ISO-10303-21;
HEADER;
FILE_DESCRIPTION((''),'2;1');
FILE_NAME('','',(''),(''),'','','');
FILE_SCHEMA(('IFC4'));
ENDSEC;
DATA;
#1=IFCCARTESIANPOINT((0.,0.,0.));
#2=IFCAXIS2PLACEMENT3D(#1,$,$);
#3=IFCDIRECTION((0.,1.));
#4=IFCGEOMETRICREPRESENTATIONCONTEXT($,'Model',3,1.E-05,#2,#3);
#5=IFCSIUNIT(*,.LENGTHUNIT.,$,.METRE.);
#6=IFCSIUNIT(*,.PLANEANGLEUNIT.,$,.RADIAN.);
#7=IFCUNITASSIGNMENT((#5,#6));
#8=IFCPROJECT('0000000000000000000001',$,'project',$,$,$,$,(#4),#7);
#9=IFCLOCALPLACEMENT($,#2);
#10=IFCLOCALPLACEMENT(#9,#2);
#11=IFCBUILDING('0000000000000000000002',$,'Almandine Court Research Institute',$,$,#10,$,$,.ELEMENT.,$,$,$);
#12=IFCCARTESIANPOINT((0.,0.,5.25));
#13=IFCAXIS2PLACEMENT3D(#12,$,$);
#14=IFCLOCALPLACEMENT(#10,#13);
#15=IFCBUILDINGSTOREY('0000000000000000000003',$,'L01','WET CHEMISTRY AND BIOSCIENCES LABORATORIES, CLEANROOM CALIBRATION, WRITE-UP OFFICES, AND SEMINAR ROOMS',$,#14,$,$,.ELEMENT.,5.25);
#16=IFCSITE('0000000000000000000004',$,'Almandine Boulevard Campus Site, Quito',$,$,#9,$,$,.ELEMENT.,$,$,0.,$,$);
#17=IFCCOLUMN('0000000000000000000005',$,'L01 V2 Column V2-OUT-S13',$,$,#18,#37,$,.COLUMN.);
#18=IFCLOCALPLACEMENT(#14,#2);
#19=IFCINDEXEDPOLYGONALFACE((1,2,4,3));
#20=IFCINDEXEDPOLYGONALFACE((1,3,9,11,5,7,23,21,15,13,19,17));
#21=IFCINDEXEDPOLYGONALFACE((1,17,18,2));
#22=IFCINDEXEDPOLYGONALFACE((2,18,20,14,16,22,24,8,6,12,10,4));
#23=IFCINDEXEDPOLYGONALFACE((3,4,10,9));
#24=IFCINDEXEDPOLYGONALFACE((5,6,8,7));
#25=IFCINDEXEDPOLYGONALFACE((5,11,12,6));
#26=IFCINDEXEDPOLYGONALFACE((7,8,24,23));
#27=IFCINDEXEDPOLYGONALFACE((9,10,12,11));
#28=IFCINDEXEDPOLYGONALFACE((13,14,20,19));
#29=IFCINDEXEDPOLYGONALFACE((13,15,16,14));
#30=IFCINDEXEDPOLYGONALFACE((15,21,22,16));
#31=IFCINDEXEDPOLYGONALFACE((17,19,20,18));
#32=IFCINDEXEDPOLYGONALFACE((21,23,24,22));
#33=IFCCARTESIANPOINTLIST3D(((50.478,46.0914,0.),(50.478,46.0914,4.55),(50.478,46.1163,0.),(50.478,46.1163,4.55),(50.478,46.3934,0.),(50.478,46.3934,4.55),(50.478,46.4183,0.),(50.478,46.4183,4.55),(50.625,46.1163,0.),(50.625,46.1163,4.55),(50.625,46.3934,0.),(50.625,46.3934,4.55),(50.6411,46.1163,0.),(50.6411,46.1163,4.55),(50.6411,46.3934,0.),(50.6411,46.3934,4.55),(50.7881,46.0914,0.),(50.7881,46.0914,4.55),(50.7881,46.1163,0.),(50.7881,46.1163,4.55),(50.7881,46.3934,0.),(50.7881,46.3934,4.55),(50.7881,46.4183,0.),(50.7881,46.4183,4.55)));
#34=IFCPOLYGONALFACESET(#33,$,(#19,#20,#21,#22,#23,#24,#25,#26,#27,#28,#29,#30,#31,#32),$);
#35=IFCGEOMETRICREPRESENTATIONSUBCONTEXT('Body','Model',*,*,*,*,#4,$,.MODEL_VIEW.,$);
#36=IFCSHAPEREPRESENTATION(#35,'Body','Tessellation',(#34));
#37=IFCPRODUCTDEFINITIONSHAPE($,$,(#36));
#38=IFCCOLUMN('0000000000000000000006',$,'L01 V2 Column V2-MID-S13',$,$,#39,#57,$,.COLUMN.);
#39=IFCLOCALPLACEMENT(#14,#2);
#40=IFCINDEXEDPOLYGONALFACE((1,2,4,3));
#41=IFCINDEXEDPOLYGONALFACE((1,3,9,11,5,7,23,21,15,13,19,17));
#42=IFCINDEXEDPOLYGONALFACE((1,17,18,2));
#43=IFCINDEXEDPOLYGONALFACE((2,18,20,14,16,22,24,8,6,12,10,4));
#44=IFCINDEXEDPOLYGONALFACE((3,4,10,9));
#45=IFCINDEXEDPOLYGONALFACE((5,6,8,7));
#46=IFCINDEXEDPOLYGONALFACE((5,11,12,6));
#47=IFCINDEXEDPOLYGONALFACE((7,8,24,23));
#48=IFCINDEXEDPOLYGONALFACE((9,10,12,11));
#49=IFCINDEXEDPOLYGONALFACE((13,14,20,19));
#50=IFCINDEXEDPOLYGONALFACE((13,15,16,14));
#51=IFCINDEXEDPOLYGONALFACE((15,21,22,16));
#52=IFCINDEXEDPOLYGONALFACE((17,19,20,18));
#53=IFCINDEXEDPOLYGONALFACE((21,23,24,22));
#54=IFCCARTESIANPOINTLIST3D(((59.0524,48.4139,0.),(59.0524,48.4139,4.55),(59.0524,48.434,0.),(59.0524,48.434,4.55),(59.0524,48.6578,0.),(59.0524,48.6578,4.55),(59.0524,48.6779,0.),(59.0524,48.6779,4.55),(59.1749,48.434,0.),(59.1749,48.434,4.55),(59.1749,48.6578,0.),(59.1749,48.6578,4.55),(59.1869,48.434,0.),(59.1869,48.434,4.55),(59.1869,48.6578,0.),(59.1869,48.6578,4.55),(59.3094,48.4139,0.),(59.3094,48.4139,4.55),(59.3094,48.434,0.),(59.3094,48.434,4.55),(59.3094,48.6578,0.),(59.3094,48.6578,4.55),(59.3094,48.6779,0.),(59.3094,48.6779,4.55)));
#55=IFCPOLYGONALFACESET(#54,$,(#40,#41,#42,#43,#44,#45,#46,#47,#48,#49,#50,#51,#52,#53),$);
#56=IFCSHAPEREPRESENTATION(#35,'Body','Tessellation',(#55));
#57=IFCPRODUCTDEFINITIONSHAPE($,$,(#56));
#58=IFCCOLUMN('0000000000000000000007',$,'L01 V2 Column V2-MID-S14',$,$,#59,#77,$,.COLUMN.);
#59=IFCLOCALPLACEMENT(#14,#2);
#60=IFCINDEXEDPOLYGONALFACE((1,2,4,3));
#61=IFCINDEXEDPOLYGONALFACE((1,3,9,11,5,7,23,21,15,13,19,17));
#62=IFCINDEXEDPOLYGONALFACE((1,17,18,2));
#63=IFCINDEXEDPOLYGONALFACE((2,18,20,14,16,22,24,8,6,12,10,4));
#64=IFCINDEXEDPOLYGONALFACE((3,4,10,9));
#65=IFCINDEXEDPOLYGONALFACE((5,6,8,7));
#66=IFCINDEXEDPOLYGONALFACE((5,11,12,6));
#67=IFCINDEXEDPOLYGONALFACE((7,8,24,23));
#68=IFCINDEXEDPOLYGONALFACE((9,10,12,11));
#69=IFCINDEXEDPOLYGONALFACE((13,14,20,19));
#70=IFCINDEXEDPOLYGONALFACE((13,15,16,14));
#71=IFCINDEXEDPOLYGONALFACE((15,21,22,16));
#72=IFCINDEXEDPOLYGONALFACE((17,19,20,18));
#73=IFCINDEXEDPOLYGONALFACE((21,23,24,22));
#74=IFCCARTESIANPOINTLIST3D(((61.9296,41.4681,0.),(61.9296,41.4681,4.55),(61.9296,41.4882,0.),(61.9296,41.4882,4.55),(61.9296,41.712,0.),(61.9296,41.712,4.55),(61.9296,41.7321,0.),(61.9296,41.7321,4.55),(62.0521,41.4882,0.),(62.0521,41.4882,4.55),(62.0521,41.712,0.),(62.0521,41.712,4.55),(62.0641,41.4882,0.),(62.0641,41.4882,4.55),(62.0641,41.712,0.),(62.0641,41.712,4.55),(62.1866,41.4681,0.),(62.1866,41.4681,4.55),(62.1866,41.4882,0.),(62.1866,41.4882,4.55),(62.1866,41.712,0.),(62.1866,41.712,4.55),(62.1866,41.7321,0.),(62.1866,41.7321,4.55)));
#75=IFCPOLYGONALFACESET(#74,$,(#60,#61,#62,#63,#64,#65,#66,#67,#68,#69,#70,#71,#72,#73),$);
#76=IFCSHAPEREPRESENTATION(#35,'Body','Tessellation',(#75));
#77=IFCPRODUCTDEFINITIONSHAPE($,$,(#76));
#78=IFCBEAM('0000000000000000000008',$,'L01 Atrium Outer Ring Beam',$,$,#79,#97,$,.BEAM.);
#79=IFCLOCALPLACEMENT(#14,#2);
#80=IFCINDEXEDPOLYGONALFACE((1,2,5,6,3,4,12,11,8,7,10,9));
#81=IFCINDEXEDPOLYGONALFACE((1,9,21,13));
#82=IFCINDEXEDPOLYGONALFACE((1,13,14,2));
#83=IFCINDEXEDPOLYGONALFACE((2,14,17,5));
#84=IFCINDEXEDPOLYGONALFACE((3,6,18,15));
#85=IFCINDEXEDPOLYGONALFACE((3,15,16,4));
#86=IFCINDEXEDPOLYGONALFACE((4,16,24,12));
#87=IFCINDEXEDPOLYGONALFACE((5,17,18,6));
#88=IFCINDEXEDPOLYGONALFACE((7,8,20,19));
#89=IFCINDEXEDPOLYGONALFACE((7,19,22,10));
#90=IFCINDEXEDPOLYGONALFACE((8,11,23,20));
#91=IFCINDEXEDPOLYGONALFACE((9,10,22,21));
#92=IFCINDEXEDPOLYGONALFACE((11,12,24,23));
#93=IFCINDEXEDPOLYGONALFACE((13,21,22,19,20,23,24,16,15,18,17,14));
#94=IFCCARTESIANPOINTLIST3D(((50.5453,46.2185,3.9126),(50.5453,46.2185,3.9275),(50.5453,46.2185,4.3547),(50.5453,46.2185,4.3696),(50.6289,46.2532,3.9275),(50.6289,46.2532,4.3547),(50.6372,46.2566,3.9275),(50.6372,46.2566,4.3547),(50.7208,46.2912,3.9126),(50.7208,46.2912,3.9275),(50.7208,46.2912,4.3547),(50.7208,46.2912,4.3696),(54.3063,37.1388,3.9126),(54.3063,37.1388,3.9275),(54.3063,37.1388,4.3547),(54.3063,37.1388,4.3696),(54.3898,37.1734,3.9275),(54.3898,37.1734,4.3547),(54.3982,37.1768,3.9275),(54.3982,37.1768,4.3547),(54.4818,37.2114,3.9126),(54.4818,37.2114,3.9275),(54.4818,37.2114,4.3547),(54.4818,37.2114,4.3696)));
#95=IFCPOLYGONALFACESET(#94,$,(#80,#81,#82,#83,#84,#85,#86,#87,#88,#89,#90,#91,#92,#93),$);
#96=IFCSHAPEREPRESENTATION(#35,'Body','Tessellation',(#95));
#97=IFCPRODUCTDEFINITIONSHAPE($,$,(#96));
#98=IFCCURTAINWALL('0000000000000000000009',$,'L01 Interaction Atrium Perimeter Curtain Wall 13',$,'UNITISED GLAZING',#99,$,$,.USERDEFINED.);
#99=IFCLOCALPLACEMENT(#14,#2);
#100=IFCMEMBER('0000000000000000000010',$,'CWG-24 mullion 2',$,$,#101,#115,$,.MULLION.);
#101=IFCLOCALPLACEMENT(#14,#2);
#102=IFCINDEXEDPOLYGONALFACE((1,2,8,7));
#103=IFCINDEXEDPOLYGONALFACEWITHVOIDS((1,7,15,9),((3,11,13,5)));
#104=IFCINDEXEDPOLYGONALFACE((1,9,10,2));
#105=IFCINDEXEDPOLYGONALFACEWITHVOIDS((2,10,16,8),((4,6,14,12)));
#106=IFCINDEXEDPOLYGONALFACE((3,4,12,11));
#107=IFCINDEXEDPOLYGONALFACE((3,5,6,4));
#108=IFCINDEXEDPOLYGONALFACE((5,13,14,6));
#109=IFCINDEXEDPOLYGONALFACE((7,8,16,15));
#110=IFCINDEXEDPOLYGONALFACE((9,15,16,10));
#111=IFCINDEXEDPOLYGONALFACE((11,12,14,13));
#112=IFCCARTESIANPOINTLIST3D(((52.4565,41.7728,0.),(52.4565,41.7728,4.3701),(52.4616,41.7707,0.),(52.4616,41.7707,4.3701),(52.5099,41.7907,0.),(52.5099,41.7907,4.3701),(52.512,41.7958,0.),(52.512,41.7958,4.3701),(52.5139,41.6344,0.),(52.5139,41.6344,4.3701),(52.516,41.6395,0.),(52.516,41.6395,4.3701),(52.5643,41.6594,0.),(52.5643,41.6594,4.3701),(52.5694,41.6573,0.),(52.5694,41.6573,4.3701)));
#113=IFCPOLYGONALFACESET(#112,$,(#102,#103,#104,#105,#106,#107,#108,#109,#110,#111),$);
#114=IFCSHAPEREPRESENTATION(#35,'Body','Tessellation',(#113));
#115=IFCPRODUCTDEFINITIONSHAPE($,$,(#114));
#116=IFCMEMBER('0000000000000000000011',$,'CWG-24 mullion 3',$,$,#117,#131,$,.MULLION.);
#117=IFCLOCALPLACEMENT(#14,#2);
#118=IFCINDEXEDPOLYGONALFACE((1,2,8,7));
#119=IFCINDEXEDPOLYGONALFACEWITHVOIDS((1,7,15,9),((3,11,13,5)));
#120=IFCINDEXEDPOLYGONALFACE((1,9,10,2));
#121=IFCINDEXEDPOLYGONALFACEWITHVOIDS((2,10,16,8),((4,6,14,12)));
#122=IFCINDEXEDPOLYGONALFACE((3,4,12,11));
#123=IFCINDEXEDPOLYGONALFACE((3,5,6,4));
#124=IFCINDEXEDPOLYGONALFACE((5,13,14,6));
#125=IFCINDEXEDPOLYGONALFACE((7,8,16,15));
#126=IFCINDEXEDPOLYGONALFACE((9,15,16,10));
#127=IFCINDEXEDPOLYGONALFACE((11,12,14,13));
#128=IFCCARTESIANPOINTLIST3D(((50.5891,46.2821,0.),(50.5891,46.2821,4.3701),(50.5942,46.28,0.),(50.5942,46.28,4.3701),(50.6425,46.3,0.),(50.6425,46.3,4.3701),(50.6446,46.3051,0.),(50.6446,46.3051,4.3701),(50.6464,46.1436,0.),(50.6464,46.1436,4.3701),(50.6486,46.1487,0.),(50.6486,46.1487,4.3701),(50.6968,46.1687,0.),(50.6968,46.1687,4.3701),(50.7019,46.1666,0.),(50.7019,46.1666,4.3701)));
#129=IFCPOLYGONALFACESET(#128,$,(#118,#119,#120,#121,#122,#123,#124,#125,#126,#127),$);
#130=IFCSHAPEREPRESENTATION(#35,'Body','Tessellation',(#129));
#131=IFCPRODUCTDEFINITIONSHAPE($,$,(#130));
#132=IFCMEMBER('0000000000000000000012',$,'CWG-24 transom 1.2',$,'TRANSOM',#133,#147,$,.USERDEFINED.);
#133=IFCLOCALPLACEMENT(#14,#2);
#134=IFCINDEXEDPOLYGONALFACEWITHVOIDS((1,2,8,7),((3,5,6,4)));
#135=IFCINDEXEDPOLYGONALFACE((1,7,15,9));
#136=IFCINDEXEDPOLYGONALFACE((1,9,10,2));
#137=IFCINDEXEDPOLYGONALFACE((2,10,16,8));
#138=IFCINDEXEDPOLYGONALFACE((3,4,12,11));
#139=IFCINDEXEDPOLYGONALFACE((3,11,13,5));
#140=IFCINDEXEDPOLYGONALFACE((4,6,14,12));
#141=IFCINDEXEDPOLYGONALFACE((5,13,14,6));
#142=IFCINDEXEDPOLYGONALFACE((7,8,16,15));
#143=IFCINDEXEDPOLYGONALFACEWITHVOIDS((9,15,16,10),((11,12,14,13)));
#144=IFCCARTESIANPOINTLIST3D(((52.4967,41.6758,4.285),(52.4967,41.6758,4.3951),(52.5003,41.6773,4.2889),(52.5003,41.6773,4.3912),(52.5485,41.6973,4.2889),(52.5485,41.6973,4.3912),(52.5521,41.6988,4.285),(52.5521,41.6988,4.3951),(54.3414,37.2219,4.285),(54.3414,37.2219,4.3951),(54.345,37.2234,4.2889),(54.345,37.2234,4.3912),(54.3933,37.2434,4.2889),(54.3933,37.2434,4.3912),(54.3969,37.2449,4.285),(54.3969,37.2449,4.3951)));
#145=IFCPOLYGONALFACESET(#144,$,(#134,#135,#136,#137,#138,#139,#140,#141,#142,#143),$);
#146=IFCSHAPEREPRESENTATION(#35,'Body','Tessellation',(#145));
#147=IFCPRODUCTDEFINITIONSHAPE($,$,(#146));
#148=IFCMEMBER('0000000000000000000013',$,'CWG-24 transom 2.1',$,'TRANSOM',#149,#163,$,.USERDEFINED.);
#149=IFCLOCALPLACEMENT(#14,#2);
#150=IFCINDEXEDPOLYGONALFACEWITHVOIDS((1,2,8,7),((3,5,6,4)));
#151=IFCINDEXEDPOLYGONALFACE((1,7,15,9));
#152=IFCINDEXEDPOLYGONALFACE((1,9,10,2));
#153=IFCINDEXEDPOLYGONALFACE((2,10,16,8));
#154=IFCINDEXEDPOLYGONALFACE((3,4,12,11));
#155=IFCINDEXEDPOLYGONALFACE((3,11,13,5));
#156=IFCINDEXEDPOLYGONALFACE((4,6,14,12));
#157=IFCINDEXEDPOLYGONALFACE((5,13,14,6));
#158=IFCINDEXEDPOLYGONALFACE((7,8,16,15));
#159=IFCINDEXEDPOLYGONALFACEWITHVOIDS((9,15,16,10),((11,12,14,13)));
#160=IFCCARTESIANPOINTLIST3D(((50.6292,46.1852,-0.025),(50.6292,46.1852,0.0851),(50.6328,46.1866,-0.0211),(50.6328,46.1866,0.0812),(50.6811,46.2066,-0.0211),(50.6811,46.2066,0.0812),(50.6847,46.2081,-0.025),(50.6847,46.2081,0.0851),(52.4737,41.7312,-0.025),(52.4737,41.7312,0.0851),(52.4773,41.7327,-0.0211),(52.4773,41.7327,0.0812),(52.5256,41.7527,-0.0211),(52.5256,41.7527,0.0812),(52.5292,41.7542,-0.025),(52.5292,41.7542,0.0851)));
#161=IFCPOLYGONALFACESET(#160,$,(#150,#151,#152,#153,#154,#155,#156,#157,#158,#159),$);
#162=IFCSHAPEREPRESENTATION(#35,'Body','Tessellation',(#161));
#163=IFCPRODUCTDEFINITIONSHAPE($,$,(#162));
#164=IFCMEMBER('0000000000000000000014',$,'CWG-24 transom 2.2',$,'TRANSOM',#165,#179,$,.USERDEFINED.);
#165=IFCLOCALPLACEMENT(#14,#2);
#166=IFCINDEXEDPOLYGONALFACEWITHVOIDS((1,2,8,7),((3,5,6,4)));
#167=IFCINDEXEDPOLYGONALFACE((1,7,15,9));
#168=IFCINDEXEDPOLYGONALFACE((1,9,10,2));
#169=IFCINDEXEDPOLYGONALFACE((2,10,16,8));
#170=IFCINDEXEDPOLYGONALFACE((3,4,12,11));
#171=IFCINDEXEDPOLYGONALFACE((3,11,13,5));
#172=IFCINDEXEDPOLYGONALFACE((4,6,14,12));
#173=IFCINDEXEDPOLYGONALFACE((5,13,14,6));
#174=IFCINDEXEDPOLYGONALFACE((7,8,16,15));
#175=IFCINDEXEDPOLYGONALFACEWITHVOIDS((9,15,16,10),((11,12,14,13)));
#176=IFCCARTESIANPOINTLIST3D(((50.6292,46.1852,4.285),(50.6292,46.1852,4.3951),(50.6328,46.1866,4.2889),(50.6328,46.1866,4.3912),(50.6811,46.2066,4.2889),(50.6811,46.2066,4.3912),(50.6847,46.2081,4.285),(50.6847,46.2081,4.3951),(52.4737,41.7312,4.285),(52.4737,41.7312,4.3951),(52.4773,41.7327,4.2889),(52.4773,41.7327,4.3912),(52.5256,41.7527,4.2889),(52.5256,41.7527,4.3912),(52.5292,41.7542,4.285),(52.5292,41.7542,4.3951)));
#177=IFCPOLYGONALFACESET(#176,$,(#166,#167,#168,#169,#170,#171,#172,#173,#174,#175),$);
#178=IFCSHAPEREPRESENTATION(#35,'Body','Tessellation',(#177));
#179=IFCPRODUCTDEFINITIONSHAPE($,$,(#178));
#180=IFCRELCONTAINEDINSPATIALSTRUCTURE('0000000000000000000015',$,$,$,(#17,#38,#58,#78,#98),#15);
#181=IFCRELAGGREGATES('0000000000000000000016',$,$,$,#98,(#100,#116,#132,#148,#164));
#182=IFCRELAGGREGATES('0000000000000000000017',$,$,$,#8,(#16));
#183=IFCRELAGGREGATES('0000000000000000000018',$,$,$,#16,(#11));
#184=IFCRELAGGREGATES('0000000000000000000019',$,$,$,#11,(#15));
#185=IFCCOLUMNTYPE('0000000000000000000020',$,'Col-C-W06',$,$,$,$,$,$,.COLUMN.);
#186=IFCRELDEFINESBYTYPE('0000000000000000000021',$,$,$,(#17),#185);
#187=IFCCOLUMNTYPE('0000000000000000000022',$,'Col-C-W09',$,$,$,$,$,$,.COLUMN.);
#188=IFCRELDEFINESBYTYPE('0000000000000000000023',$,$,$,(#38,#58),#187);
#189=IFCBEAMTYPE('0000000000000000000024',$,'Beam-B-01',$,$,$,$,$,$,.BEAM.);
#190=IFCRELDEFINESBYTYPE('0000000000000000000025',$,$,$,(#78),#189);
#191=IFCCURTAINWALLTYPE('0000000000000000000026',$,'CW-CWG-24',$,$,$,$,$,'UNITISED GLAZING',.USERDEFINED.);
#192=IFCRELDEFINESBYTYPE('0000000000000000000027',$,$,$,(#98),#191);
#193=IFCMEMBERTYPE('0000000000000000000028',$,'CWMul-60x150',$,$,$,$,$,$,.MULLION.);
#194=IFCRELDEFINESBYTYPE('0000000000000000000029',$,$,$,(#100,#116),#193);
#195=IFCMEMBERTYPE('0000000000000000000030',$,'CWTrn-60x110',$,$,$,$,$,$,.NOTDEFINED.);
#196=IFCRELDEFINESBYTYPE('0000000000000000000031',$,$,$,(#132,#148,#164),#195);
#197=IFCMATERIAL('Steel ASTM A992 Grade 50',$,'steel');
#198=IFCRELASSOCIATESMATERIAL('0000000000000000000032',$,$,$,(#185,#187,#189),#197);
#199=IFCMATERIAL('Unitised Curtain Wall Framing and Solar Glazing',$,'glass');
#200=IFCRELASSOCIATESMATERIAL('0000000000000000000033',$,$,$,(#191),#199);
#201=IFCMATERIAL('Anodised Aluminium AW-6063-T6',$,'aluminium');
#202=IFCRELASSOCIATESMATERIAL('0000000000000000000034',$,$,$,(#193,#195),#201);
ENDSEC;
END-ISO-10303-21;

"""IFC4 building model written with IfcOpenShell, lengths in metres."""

from ifc_helpers import new_model, si_unit, direction, frame, origin, origin_2d, place, context, subcontext, project, spatial, hollow_rectangle, i_section, extrude, material, material_profile, profile_set, type_object, element, aggregate, save


model = new_model("IFC4")

# Units and contexts
model_context = context("Model", 3, precision=1e-05, world=origin(), true_north=direction((0.0, 1.0)))
body_context = subcontext(model_context, "Body", "Model", "MODEL_VIEW")
ifc_project = project(units=[si_unit("LENGTHUNIT", "METRE"), si_unit("PLANEANGLEUNIT", "RADIAN")], contexts=[model_context])

# Site, building, storey
site_placement = place(None, origin())
site = spatial("IfcSite", under=ifc_project, at=site_placement, Name="Almandine Boulevard Campus Site, Quito", CompositionType="ELEMENT", RefElevation=0.0)
building_placement = place(site_placement, origin())
building = spatial("IfcBuilding", under=site, at=building_placement, Name="Almandine Court Research Institute", CompositionType="ELEMENT")
storey_placement = place(building_placement, frame((0.0, 0.0, 5.25)))
storey = spatial("IfcBuildingStorey", under=building, at=storey_placement, Name="L01", Description="WET CHEMISTRY AND BIOSCIENCES LABORATORIES, CLEANROOM CALIBRATION, WRITE-UP OFFICES, AND SEMINAR ROOMS", CompositionType="ELEMENT", Elevation=5.25)

# Columns
ifc_material_1 = material(Name="Steel ASTM A992 Grade 50", Category="steel")
ifc_material_profile_1 = material_profile(ifc_material_1, i_section(OverallWidth=0.3101, OverallDepth=0.3269, WebThickness=0.0161, FlangeThickness=0.0249, at=origin_2d()), Name="W310x158")
ifc_profile_set_1 = profile_set([ifc_material_profile_1], Name="Steel ASTM A992 Grade 50")
column_type_1 = type_object("IfcColumnType", Name="Col-C-W06", PredefinedType="COLUMN", material=ifc_profile_set_1)
column_placement = place(storey_placement, frame((50.6331, 46.2549, 0.0), z_axis=(0.0, 0.0, 1.0), x_axis=(1.0, 0.0, 0.0)))
element("IfcColumn", 1, at=column_placement, inside=storey, type_object=column_type_1, Name="L01 V2 Column V2-OUT-S13", PredefinedType="COLUMN", context=body_context, shape_type="SweptSolid", body=[
    extrude(i_section(OverallWidth=0.3101, OverallDepth=0.3269, WebThickness=0.0161, FlangeThickness=0.0249, at=origin_2d()), origin(), (0.0, 0.0, 1.0), 4.55),
])
ifc_material_profile_2 = material_profile(ifc_material_1, i_section(OverallWidth=0.2571, OverallDepth=0.2639, WebThickness=0.012, FlangeThickness=0.02, at=origin_2d()), Name="W250x101")
ifc_profile_set_2 = profile_set([ifc_material_profile_2], Name="Steel ASTM A992 Grade 50")
column_type_2 = type_object("IfcColumnType", Name="Col-C-W09", PredefinedType="COLUMN", material=ifc_profile_set_2)
for number, where, z_axis, x_axis, name in (
    (2, (59.1809, 48.5459, 0.0), (0.0, 0.0, 1.0), (1.0, 0.0, 0.0), "L01 V2 Column V2-MID-S13"),
    (3, (62.0581, 41.6001, 0.0), (0.0, 0.0, 1.0), (1.0, 0.0, 0.0), "L01 V2 Column V2-MID-S14"),
):
    element("IfcColumn", number, at=place(storey_placement, frame(where, z_axis=z_axis, x_axis=x_axis)), inside=storey, type_object=column_type_2, Name=name, PredefinedType="COLUMN", context=body_context, shape_type="SweptSolid", body=[
        extrude(i_section(OverallWidth=0.2571, OverallDepth=0.2639, WebThickness=0.012, FlangeThickness=0.02, at=origin_2d()), origin(), (0.0, 0.0, 1.0), 4.55),
    ])

# Beam
ifc_material_profile_3 = material_profile(ifc_material_1, i_section(OverallWidth=0.1899, OverallDepth=0.457, WebThickness=0.009, FlangeThickness=0.0149, at=origin_2d()), Name="W460x74")
ifc_profile_set_3 = profile_set([ifc_material_profile_3], Name="Steel ASTM A992 Grade 50")
beam_type = type_object("IfcBeamType", Name="Beam-B-01", PredefinedType="BEAM", material=ifc_profile_set_3)
beam_placement = place(storey_placement, frame((50.6331, 46.2549, 4.1411), z_axis=(0.382683, -0.92388, 0.0), x_axis=(0.92388, 0.382683, 0.0)))
element("IfcBeam", 4, at=beam_placement, inside=storey, type_object=beam_type, Name="L01 Atrium Outer Ring Beam", PredefinedType="BEAM", context=body_context, shape_type="SweptSolid", body=[
    extrude(i_section(OverallWidth=0.1899, OverallDepth=0.457, WebThickness=0.009, FlangeThickness=0.0149, at=origin_2d()), origin(), (0.0, 0.0, 1.0), 9.8279),
])

# Curtain wall, members
ifc_material_2 = material(Name="Unitised Curtain Wall Framing and Solar Glazing", Category="glass")
curtain_wall_type = type_object("IfcCurtainWallType", Name="CW-CWG-24", ElementType="UNITISED GLAZING", PredefinedType="USERDEFINED", material=ifc_material_2)
curtain_wall_placement = place(storey_placement, origin())
curtain_wall = element("IfcCurtainWall", 5, at=curtain_wall_placement, inside=storey, type_object=curtain_wall_type, Name="L01 Interaction Atrium Perimeter Curtain Wall 13", ObjectType="UNITISED GLAZING", PredefinedType="USERDEFINED")
ifc_material_3 = material(Name="Anodised Aluminium AW-6063-T6", Category="aluminium")
ifc_material_profile_4 = material_profile(ifc_material_3, hollow_rectangle(XDim=0.0601, YDim=0.1499, WallThickness=0.0039, at=origin_2d()), Name="ALU RHS 60x150x4")
ifc_profile_set_4 = profile_set([ifc_material_profile_4], Name="Anodised Aluminium AW-6063-T6")
member_type_1 = type_object("IfcMemberType", Name="CWMul-60x150", PredefinedType="MULLION", material=ifc_profile_set_4)
member_1_placement = place(storey_placement, frame((52.5129, 41.7151, 0.0), z_axis=(0.0, 0.0, 1.0), x_axis=(-0.9239, -0.382634, 0.0)))
member_1 = element("IfcMember", 6, at=member_1_placement, type_object=member_type_1, Name="CWG-24 mullion 2", PredefinedType="MULLION", context=body_context, shape_type="SweptSolid", body=[
    extrude(hollow_rectangle(XDim=0.0601, YDim=0.1499, WallThickness=0.0039, at=origin_2d()), origin(), (0.0, 0.0, 1.0), 4.3701),
])
member_2_placement = place(storey_placement, frame((50.6455, 46.2244, 0.0), z_axis=(0.0, 0.0, 1.0), x_axis=(-0.9239, -0.382634, 0.0)))
member_2 = element("IfcMember", 7, at=member_2_placement, type_object=member_type_1, Name="CWG-24 mullion 3", PredefinedType="MULLION", context=body_context, shape_type="SweptSolid", body=[
    extrude(hollow_rectangle(XDim=0.0601, YDim=0.1499, WallThickness=0.0039, at=origin_2d()), origin(), (0.0, 0.0, 1.0), 4.3701),
])
ifc_material_profile_5 = material_profile(ifc_material_3, hollow_rectangle(XDim=0.0601, YDim=0.1101, WallThickness=0.0039, at=origin_2d()), Name="ALU RHS 60x110x4")
ifc_profile_set_5 = profile_set([ifc_material_profile_5], Name="Anodised Aluminium AW-6063-T6")
member_type_2 = type_object("IfcMemberType", Name="CWTrn-60x110", PredefinedType="NOTDEFINED", material=ifc_profile_set_5)
member_3_placement = place(storey_placement, frame((54.3691, 37.2334, 4.3401), z_axis=(-0.382662, 0.923888, 0.0), x_axis=(-0.923888, -0.382662, 0.0)))
member_3 = element("IfcMember", 8, at=member_3_placement, type_object=member_type_2, Name="CWG-24 transom 1.2", ObjectType="TRANSOM", PredefinedType="USERDEFINED", context=body_context, shape_type="SweptSolid", body=[
    extrude(hollow_rectangle(XDim=0.0601, YDim=0.1101, WallThickness=0.0039, at=origin_2d()), origin(), (0.0, 0.0, 1.0), 4.8208),
])
member_4_placement = place(storey_placement, frame((52.5015, 41.7427, 0.03), z_axis=(-0.382619, 0.923906, 0.0), x_axis=(-0.923906, -0.382619, 0.0)))
member_4 = element("IfcMember", 9, at=member_4_placement, type_object=member_type_2, Name="CWG-24 transom 2.1", ObjectType="TRANSOM", PredefinedType="USERDEFINED", context=body_context, shape_type="SweptSolid", body=[
    extrude(hollow_rectangle(XDim=0.0601, YDim=0.1101, WallThickness=0.0039, at=origin_2d()), origin(), (0.0, 0.0, 1.0), 4.8208),
])
member_5_placement = place(storey_placement, frame((52.5015, 41.7427, 4.3401), z_axis=(-0.382619, 0.923906, 0.0), x_axis=(-0.923906, -0.382619, 0.0)))
member_5 = element("IfcMember", 10, at=member_5_placement, type_object=member_type_2, Name="CWG-24 transom 2.2", ObjectType="TRANSOM", PredefinedType="USERDEFINED", context=body_context, shape_type="SweptSolid", body=[
    extrude(hollow_rectangle(XDim=0.0601, YDim=0.1101, WallThickness=0.0039, at=origin_2d()), origin(), (0.0, 0.0, 1.0), 4.8208),
])
aggregate(curtain_wall, [member_1, member_2, member_3, member_4, member_5])

save(model, "model.ifc")
